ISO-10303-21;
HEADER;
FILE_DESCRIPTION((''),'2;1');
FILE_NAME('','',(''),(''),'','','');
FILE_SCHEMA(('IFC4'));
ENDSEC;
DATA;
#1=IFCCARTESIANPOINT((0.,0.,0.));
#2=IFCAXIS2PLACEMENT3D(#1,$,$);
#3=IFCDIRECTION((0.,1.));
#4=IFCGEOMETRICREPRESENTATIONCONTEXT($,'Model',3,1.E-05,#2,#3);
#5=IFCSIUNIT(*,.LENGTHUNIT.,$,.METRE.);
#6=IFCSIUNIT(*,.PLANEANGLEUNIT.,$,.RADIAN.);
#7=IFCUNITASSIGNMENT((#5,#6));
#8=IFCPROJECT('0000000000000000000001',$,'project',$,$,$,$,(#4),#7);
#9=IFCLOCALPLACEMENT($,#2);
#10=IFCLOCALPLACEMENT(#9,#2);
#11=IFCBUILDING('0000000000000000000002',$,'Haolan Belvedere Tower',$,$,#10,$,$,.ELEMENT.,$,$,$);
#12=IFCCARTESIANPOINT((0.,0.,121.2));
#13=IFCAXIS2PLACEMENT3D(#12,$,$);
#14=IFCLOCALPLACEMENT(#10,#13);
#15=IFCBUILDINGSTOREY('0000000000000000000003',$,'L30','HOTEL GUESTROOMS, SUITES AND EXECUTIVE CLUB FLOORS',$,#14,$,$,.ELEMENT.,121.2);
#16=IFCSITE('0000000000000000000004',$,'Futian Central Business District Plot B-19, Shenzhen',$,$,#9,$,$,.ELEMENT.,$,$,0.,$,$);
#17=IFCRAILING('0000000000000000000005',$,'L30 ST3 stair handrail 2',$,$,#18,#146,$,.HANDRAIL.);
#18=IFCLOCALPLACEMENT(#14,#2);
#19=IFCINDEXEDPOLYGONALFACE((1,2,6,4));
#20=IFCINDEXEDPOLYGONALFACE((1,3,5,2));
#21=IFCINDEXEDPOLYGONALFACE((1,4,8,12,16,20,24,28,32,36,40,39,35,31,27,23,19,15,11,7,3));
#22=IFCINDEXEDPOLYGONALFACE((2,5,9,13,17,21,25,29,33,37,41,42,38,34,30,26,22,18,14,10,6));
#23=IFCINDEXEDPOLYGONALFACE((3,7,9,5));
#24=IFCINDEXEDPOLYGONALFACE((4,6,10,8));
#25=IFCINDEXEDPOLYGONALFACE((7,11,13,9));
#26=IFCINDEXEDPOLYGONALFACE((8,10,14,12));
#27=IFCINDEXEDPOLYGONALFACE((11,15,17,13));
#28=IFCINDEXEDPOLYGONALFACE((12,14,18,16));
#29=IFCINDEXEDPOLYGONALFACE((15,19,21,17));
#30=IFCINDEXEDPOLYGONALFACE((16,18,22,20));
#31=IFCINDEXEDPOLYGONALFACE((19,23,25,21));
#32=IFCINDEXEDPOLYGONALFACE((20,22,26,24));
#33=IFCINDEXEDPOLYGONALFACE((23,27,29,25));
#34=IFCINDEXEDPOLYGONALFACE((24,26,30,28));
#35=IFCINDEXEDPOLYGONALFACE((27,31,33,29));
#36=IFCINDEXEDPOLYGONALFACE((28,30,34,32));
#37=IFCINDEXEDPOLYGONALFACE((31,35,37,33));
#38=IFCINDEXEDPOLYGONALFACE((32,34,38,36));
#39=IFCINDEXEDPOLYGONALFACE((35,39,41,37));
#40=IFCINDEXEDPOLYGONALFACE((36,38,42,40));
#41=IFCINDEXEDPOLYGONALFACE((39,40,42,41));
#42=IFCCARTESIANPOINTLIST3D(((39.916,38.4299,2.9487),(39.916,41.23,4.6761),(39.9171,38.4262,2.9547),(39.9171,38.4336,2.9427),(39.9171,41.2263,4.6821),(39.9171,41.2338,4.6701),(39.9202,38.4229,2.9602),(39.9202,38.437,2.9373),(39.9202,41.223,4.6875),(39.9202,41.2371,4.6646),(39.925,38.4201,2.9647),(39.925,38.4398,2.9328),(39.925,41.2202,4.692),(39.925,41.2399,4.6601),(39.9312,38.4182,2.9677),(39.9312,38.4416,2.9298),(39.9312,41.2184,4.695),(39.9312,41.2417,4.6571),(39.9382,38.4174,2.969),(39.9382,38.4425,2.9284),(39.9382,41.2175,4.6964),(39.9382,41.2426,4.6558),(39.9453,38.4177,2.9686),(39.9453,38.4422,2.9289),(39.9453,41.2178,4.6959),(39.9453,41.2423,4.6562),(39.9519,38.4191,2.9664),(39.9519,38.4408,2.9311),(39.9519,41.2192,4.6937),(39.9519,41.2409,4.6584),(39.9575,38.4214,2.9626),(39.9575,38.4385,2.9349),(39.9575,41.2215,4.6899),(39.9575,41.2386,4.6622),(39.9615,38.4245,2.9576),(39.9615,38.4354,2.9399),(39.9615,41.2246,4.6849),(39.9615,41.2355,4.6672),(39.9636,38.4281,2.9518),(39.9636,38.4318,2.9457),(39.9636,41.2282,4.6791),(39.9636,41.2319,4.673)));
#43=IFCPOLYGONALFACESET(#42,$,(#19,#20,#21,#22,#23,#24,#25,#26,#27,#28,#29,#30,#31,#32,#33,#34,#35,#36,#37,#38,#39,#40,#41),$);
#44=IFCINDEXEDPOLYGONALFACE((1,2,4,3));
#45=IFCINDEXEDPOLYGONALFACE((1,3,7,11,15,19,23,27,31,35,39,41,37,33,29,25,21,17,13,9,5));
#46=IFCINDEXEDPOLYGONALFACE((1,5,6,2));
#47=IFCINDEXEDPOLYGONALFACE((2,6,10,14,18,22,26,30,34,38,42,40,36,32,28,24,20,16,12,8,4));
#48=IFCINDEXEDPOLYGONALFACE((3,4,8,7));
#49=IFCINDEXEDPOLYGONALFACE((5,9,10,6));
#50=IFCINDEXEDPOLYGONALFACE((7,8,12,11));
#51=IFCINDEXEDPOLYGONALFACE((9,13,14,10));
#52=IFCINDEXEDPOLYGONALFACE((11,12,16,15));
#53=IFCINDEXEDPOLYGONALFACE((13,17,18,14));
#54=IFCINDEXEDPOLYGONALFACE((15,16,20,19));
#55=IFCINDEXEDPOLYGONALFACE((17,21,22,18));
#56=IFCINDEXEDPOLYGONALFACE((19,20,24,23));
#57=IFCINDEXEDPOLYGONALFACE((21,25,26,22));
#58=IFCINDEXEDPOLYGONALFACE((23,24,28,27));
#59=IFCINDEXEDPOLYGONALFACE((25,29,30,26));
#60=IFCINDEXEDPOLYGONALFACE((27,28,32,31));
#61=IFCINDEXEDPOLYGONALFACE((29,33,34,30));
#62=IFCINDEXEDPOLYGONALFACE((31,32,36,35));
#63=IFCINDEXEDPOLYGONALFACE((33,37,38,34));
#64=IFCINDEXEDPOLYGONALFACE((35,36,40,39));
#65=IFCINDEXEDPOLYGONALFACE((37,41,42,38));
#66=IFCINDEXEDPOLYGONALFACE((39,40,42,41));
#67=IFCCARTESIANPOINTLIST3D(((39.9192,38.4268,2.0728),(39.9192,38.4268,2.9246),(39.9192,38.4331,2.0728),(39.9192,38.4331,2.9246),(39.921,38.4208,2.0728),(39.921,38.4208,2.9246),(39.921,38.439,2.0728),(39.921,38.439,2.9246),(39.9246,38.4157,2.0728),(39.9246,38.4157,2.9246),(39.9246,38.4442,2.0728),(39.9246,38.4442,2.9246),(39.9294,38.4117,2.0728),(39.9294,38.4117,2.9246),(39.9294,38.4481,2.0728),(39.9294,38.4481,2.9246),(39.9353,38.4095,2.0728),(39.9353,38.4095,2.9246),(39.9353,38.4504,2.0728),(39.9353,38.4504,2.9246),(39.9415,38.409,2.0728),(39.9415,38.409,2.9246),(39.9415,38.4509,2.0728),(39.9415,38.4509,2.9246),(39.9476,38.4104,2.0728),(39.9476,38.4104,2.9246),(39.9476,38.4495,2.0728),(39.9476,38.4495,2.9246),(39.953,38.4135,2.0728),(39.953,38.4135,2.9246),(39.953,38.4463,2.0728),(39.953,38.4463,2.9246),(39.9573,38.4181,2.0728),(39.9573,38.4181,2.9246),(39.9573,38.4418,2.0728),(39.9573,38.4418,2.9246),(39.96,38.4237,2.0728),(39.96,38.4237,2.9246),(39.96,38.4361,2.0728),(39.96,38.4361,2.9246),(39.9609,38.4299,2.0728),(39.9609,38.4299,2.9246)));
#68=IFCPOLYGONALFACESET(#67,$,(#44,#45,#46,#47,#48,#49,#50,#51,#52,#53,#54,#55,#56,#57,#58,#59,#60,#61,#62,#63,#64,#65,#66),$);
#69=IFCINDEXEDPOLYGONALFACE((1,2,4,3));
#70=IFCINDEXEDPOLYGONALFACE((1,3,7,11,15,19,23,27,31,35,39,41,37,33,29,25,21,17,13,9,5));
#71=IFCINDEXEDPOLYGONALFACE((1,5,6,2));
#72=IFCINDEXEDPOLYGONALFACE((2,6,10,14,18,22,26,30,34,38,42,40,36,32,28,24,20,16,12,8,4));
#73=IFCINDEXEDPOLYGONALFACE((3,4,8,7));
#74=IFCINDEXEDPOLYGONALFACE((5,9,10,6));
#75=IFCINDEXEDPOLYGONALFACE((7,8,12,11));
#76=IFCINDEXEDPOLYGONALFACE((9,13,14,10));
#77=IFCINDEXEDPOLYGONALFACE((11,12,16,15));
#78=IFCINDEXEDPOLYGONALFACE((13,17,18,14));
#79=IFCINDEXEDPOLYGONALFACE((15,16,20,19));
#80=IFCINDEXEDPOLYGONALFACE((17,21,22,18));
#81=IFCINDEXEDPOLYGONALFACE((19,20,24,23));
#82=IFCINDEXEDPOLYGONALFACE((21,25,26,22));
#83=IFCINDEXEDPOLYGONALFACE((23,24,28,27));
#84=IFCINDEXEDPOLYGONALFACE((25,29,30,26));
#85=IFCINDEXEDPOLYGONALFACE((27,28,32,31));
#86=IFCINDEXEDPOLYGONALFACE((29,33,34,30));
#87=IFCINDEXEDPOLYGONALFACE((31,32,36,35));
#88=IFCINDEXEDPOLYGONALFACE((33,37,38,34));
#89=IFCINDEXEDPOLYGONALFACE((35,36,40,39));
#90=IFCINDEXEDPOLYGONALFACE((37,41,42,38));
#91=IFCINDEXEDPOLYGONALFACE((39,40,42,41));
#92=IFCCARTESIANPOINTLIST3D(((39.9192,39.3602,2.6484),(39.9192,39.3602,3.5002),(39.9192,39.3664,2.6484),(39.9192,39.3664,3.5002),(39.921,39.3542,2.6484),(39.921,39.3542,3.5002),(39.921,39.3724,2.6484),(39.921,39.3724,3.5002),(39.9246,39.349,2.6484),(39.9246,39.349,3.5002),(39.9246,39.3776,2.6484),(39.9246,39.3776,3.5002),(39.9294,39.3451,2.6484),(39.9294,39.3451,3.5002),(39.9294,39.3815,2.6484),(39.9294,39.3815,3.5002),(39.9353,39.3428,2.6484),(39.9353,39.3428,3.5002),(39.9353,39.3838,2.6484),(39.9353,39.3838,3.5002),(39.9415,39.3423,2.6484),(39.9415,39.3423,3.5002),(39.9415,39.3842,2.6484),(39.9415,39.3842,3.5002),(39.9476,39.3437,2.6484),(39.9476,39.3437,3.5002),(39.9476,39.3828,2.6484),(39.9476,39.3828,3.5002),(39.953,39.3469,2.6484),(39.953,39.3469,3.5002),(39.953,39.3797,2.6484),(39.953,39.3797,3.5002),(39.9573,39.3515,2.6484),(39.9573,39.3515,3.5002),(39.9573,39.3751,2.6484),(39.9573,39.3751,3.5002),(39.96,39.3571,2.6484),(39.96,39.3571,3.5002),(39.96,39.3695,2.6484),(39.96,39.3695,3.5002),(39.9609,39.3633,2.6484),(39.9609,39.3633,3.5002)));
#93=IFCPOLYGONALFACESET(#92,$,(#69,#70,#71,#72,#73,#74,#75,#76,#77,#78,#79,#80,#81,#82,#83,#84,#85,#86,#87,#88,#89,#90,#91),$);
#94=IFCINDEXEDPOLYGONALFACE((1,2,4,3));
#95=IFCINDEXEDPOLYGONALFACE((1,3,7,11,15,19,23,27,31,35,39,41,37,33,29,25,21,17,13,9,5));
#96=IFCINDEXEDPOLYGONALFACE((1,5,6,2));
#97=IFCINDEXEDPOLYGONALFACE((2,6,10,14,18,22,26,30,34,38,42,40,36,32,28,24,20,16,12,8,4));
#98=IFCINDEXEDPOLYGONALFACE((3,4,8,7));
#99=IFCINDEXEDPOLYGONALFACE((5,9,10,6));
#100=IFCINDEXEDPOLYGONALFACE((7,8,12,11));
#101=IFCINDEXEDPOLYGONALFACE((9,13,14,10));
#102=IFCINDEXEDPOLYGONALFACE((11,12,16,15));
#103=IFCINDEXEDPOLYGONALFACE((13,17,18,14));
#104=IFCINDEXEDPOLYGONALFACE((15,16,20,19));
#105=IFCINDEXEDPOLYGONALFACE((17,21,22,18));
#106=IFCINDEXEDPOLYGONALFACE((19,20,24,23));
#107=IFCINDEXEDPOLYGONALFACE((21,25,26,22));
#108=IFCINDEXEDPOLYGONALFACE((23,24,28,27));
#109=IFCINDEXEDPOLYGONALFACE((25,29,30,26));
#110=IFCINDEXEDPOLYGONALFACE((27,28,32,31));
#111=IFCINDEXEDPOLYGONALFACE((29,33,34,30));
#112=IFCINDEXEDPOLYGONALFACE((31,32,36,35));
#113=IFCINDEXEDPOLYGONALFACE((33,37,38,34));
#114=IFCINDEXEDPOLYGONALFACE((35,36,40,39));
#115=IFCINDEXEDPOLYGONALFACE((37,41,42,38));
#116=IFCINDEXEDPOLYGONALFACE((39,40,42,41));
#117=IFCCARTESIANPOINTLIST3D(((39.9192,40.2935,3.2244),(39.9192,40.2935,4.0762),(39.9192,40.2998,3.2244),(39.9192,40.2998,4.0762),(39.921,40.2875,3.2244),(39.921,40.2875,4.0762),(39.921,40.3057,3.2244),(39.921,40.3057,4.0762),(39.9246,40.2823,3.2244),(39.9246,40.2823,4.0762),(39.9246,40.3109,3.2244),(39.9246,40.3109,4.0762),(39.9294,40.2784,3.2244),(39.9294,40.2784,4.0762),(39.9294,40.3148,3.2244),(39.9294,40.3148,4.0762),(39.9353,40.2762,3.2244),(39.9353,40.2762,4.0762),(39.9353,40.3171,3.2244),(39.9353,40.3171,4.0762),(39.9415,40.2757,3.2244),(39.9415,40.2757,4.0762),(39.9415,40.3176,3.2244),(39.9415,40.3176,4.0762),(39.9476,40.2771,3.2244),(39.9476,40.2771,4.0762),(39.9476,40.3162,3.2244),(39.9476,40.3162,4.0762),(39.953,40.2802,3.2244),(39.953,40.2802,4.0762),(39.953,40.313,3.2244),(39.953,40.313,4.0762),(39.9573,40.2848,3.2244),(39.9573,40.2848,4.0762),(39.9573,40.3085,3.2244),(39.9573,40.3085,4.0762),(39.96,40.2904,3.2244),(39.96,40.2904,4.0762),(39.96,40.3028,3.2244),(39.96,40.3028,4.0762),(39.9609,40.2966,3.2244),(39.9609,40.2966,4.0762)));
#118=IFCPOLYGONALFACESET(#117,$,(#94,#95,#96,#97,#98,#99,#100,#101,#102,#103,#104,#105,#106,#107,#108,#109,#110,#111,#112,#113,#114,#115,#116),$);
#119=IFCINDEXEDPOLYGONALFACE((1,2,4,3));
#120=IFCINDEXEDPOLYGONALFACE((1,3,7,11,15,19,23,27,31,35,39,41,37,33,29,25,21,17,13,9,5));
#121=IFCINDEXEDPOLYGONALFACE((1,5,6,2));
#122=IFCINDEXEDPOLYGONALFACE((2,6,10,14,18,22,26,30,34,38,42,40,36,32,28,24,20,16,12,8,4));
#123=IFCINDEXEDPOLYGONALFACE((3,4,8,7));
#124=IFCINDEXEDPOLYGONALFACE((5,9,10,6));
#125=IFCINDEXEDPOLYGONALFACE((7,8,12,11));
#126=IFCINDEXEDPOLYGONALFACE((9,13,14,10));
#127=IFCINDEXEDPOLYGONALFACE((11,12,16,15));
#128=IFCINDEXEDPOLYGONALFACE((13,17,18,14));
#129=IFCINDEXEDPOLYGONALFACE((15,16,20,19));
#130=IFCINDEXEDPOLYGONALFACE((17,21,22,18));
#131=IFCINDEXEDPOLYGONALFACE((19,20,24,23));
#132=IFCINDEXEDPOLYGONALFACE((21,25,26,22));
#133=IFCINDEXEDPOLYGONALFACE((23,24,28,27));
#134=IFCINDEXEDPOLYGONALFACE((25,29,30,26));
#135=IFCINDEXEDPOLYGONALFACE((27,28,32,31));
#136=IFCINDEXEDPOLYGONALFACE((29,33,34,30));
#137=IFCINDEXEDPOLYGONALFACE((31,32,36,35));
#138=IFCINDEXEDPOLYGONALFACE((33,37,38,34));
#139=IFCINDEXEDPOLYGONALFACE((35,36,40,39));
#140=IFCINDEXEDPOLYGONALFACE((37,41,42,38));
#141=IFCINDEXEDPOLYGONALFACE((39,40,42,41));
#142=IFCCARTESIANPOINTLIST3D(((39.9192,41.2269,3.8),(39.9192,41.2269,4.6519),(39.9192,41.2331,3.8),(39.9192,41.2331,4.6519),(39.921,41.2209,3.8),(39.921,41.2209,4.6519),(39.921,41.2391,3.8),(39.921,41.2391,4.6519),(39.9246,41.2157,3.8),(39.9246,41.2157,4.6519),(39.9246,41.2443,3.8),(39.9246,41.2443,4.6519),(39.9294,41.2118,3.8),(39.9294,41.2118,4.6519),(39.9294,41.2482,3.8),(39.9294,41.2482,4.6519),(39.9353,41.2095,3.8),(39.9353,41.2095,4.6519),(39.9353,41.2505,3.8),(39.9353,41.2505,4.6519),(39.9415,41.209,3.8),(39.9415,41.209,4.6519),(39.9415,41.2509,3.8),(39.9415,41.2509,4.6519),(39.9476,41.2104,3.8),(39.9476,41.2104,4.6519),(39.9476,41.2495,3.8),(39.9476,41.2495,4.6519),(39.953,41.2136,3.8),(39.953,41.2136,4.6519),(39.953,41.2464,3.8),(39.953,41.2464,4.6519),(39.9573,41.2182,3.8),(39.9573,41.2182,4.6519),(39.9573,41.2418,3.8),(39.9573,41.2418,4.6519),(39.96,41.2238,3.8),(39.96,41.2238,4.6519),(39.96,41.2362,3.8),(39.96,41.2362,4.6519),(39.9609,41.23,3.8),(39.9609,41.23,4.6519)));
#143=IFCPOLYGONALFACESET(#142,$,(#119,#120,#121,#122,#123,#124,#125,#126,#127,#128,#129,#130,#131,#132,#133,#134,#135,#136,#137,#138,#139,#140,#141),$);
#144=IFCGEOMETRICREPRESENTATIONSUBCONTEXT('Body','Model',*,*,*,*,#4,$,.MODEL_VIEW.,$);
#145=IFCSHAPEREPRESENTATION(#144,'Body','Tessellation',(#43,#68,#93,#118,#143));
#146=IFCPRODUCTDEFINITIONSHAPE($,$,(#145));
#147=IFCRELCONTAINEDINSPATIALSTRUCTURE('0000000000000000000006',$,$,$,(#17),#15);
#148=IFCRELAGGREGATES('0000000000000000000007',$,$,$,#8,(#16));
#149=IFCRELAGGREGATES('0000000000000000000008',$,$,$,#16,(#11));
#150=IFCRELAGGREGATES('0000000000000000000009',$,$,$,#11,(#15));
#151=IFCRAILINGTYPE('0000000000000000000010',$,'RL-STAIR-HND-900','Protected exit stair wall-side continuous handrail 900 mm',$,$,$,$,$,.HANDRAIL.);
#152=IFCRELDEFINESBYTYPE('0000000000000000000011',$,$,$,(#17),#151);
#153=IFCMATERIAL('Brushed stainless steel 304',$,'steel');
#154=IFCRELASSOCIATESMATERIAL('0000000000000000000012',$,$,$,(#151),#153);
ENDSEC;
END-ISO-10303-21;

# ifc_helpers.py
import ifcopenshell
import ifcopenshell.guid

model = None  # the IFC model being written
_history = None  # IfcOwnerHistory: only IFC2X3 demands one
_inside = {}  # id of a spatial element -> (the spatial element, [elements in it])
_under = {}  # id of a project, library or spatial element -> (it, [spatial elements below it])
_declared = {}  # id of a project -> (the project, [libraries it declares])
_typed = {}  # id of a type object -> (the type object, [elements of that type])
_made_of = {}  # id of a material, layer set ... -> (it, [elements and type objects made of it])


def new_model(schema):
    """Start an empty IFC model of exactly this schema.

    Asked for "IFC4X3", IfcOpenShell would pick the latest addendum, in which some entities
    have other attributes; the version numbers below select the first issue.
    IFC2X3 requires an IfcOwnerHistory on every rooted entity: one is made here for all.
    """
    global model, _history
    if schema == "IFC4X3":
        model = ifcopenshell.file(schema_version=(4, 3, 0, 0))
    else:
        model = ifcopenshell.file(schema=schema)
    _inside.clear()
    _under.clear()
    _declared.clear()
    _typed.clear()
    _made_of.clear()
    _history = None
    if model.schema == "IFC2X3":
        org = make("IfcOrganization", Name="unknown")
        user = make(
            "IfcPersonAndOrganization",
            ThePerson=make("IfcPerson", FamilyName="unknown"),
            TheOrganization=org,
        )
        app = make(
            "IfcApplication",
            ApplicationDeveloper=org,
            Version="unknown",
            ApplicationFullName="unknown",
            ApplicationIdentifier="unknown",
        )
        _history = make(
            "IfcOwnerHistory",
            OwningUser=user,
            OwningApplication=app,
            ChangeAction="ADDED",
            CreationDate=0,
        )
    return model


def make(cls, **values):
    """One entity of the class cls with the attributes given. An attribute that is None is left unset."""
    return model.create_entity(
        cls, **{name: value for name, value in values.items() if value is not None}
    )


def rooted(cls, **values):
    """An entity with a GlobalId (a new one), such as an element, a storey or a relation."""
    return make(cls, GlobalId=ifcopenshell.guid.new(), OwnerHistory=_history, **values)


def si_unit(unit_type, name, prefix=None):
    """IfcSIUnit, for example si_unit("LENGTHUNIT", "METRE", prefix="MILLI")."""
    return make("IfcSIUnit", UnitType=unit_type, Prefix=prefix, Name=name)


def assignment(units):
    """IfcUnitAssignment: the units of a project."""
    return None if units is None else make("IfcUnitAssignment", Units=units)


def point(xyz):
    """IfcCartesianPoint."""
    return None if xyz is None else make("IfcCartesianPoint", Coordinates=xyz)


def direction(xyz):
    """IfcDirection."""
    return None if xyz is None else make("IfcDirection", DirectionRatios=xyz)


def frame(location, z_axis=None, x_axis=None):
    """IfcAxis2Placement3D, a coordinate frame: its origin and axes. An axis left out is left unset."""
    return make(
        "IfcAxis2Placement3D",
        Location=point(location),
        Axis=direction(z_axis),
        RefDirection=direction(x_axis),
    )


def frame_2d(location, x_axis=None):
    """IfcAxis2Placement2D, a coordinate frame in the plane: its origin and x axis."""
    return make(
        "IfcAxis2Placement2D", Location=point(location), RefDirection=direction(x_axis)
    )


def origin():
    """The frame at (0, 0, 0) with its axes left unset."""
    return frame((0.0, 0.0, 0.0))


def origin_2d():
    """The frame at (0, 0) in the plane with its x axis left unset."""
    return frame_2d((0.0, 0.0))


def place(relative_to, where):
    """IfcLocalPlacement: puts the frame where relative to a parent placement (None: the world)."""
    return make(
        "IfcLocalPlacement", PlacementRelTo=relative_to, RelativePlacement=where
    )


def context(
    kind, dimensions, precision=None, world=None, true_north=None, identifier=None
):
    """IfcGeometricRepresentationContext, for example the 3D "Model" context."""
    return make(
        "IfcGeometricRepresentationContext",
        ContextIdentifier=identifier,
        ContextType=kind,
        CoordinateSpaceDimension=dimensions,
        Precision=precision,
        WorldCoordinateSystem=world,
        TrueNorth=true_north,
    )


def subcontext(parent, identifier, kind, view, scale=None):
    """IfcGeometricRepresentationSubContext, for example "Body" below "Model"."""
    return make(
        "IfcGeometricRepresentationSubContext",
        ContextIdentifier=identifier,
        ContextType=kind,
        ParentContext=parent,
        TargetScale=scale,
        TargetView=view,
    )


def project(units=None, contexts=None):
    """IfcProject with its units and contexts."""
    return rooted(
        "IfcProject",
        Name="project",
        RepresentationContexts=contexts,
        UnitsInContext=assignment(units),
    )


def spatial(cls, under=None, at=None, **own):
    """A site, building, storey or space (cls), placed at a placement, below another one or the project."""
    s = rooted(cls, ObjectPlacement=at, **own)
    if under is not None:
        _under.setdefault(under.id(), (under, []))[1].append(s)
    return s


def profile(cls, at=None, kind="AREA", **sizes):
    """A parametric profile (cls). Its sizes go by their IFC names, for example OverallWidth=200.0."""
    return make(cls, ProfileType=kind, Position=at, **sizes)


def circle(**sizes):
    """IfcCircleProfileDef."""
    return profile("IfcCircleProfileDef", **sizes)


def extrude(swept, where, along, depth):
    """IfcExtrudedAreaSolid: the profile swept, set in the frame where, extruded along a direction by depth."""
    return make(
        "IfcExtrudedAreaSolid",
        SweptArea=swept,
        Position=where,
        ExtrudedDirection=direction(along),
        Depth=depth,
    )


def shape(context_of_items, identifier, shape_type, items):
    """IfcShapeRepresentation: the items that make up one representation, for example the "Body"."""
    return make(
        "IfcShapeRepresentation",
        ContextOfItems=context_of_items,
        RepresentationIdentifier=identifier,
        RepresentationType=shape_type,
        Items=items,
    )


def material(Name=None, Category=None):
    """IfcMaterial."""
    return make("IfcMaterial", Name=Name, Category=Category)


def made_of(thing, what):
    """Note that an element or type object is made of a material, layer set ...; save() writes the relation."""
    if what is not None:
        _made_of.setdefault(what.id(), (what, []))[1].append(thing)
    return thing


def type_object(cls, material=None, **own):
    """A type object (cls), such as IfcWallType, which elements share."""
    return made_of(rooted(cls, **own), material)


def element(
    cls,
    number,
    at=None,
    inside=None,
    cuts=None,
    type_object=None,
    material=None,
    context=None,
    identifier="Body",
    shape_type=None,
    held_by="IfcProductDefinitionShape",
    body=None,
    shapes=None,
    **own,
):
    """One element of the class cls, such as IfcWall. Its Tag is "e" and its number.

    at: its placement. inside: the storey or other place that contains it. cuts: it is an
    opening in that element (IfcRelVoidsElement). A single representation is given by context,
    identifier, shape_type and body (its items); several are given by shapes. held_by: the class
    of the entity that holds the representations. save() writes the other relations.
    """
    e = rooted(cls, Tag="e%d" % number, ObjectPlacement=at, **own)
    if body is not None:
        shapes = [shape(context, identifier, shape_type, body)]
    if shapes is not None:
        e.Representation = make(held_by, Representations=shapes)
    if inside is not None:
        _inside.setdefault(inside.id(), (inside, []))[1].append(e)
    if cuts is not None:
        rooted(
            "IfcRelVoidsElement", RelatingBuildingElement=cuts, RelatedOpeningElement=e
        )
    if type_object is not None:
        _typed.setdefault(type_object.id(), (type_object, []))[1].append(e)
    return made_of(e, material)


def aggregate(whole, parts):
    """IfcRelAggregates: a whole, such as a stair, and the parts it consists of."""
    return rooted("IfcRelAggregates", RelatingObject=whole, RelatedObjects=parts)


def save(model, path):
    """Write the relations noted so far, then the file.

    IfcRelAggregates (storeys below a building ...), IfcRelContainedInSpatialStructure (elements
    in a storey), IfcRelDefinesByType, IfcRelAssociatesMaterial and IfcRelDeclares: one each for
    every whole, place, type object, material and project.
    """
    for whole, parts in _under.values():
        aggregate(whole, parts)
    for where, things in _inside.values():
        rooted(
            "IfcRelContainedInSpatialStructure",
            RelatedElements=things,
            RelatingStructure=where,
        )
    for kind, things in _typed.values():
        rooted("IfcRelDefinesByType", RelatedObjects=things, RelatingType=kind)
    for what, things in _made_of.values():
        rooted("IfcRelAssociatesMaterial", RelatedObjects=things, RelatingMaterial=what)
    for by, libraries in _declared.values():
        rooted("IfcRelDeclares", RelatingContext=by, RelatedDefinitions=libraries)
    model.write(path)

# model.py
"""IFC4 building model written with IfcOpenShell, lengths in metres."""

from ifc_helpers import new_model, si_unit, direction, frame, origin, origin_2d, place, context, subcontext, project, spatial, circle, extrude, material, type_object, element, save


model = new_model("IFC4")

# Units and contexts
model_context = context("Model", 3, precision=1e-05, world=origin(), true_north=direction((0.0, 1.0)))
body_context = subcontext(model_context, "Body", "Model", "MODEL_VIEW")
ifc_project = project(units=[si_unit("LENGTHUNIT", "METRE"), si_unit("PLANEANGLEUNIT", "RADIAN")], contexts=[model_context])

# Site, building, storey
site_placement = place(None, origin())
site = spatial("IfcSite", under=ifc_project, at=site_placement, Name="Futian Central Business District Plot B-19, Shenzhen", CompositionType="ELEMENT", RefElevation=0.0)
building_placement = place(site_placement, origin())
building = spatial("IfcBuilding", under=site, at=building_placement, Name="Haolan Belvedere Tower", CompositionType="ELEMENT")
storey_placement = place(building_placement, frame((0.0, 0.0, 121.2)))
storey = spatial("IfcBuildingStorey", under=building, at=storey_placement, Name="L30", Description="HOTEL GUESTROOMS, SUITES AND EXECUTIVE CLUB FLOORS", CompositionType="ELEMENT", Elevation=121.2)

# Railing
ifc_material_1 = material(Name="Brushed stainless steel 304", Category="steel")
railing_type_1 = type_object("IfcRailingType", Name="RL-STAIR-HND-900", Description="Protected exit stair wall-side continuous handrail 900 mm", PredefinedType="HANDRAIL", material=ifc_material_1)
railing_1_placement = place(storey_placement, frame((39.9399, 38.4299, 2.0728)))
element("IfcRailing", 1, at=railing_1_placement, inside=storey, type_object=railing_type_1, Name="L30 ST3 stair handrail 2", PredefinedType="HANDRAIL", context=body_context, shape_type="SweptSolid", body=[
    extrude(circle(Radius=0.0239, at=origin_2d()), frame((0.0, 0.0, 0.876), z_axis=(0.0, 0.85109, 0.52502), x_axis=(-1.0, 0.0, 0.0)), (0.0, 0.0, 1.0), 3.29),
    extrude(circle(Radius=0.021, at=origin_2d()), origin(), (0.0, 0.0, 1.0), 0.8518),
    extrude(circle(Radius=0.021, at=origin_2d()), frame((0.0, 0.9333, 0.5757)), (0.0, 0.0, 1.0), 0.8518),
    extrude(circle(Radius=0.021, at=origin_2d()), frame((0.0, 1.8667, 1.1516)), (0.0, 0.0, 1.0), 0.8518),
    extrude(circle(Radius=0.021, at=origin_2d()), frame((0.0, 2.8, 1.7273)), (0.0, 0.0, 1.0), 0.8518),
])

save(model, "model.ifc")
